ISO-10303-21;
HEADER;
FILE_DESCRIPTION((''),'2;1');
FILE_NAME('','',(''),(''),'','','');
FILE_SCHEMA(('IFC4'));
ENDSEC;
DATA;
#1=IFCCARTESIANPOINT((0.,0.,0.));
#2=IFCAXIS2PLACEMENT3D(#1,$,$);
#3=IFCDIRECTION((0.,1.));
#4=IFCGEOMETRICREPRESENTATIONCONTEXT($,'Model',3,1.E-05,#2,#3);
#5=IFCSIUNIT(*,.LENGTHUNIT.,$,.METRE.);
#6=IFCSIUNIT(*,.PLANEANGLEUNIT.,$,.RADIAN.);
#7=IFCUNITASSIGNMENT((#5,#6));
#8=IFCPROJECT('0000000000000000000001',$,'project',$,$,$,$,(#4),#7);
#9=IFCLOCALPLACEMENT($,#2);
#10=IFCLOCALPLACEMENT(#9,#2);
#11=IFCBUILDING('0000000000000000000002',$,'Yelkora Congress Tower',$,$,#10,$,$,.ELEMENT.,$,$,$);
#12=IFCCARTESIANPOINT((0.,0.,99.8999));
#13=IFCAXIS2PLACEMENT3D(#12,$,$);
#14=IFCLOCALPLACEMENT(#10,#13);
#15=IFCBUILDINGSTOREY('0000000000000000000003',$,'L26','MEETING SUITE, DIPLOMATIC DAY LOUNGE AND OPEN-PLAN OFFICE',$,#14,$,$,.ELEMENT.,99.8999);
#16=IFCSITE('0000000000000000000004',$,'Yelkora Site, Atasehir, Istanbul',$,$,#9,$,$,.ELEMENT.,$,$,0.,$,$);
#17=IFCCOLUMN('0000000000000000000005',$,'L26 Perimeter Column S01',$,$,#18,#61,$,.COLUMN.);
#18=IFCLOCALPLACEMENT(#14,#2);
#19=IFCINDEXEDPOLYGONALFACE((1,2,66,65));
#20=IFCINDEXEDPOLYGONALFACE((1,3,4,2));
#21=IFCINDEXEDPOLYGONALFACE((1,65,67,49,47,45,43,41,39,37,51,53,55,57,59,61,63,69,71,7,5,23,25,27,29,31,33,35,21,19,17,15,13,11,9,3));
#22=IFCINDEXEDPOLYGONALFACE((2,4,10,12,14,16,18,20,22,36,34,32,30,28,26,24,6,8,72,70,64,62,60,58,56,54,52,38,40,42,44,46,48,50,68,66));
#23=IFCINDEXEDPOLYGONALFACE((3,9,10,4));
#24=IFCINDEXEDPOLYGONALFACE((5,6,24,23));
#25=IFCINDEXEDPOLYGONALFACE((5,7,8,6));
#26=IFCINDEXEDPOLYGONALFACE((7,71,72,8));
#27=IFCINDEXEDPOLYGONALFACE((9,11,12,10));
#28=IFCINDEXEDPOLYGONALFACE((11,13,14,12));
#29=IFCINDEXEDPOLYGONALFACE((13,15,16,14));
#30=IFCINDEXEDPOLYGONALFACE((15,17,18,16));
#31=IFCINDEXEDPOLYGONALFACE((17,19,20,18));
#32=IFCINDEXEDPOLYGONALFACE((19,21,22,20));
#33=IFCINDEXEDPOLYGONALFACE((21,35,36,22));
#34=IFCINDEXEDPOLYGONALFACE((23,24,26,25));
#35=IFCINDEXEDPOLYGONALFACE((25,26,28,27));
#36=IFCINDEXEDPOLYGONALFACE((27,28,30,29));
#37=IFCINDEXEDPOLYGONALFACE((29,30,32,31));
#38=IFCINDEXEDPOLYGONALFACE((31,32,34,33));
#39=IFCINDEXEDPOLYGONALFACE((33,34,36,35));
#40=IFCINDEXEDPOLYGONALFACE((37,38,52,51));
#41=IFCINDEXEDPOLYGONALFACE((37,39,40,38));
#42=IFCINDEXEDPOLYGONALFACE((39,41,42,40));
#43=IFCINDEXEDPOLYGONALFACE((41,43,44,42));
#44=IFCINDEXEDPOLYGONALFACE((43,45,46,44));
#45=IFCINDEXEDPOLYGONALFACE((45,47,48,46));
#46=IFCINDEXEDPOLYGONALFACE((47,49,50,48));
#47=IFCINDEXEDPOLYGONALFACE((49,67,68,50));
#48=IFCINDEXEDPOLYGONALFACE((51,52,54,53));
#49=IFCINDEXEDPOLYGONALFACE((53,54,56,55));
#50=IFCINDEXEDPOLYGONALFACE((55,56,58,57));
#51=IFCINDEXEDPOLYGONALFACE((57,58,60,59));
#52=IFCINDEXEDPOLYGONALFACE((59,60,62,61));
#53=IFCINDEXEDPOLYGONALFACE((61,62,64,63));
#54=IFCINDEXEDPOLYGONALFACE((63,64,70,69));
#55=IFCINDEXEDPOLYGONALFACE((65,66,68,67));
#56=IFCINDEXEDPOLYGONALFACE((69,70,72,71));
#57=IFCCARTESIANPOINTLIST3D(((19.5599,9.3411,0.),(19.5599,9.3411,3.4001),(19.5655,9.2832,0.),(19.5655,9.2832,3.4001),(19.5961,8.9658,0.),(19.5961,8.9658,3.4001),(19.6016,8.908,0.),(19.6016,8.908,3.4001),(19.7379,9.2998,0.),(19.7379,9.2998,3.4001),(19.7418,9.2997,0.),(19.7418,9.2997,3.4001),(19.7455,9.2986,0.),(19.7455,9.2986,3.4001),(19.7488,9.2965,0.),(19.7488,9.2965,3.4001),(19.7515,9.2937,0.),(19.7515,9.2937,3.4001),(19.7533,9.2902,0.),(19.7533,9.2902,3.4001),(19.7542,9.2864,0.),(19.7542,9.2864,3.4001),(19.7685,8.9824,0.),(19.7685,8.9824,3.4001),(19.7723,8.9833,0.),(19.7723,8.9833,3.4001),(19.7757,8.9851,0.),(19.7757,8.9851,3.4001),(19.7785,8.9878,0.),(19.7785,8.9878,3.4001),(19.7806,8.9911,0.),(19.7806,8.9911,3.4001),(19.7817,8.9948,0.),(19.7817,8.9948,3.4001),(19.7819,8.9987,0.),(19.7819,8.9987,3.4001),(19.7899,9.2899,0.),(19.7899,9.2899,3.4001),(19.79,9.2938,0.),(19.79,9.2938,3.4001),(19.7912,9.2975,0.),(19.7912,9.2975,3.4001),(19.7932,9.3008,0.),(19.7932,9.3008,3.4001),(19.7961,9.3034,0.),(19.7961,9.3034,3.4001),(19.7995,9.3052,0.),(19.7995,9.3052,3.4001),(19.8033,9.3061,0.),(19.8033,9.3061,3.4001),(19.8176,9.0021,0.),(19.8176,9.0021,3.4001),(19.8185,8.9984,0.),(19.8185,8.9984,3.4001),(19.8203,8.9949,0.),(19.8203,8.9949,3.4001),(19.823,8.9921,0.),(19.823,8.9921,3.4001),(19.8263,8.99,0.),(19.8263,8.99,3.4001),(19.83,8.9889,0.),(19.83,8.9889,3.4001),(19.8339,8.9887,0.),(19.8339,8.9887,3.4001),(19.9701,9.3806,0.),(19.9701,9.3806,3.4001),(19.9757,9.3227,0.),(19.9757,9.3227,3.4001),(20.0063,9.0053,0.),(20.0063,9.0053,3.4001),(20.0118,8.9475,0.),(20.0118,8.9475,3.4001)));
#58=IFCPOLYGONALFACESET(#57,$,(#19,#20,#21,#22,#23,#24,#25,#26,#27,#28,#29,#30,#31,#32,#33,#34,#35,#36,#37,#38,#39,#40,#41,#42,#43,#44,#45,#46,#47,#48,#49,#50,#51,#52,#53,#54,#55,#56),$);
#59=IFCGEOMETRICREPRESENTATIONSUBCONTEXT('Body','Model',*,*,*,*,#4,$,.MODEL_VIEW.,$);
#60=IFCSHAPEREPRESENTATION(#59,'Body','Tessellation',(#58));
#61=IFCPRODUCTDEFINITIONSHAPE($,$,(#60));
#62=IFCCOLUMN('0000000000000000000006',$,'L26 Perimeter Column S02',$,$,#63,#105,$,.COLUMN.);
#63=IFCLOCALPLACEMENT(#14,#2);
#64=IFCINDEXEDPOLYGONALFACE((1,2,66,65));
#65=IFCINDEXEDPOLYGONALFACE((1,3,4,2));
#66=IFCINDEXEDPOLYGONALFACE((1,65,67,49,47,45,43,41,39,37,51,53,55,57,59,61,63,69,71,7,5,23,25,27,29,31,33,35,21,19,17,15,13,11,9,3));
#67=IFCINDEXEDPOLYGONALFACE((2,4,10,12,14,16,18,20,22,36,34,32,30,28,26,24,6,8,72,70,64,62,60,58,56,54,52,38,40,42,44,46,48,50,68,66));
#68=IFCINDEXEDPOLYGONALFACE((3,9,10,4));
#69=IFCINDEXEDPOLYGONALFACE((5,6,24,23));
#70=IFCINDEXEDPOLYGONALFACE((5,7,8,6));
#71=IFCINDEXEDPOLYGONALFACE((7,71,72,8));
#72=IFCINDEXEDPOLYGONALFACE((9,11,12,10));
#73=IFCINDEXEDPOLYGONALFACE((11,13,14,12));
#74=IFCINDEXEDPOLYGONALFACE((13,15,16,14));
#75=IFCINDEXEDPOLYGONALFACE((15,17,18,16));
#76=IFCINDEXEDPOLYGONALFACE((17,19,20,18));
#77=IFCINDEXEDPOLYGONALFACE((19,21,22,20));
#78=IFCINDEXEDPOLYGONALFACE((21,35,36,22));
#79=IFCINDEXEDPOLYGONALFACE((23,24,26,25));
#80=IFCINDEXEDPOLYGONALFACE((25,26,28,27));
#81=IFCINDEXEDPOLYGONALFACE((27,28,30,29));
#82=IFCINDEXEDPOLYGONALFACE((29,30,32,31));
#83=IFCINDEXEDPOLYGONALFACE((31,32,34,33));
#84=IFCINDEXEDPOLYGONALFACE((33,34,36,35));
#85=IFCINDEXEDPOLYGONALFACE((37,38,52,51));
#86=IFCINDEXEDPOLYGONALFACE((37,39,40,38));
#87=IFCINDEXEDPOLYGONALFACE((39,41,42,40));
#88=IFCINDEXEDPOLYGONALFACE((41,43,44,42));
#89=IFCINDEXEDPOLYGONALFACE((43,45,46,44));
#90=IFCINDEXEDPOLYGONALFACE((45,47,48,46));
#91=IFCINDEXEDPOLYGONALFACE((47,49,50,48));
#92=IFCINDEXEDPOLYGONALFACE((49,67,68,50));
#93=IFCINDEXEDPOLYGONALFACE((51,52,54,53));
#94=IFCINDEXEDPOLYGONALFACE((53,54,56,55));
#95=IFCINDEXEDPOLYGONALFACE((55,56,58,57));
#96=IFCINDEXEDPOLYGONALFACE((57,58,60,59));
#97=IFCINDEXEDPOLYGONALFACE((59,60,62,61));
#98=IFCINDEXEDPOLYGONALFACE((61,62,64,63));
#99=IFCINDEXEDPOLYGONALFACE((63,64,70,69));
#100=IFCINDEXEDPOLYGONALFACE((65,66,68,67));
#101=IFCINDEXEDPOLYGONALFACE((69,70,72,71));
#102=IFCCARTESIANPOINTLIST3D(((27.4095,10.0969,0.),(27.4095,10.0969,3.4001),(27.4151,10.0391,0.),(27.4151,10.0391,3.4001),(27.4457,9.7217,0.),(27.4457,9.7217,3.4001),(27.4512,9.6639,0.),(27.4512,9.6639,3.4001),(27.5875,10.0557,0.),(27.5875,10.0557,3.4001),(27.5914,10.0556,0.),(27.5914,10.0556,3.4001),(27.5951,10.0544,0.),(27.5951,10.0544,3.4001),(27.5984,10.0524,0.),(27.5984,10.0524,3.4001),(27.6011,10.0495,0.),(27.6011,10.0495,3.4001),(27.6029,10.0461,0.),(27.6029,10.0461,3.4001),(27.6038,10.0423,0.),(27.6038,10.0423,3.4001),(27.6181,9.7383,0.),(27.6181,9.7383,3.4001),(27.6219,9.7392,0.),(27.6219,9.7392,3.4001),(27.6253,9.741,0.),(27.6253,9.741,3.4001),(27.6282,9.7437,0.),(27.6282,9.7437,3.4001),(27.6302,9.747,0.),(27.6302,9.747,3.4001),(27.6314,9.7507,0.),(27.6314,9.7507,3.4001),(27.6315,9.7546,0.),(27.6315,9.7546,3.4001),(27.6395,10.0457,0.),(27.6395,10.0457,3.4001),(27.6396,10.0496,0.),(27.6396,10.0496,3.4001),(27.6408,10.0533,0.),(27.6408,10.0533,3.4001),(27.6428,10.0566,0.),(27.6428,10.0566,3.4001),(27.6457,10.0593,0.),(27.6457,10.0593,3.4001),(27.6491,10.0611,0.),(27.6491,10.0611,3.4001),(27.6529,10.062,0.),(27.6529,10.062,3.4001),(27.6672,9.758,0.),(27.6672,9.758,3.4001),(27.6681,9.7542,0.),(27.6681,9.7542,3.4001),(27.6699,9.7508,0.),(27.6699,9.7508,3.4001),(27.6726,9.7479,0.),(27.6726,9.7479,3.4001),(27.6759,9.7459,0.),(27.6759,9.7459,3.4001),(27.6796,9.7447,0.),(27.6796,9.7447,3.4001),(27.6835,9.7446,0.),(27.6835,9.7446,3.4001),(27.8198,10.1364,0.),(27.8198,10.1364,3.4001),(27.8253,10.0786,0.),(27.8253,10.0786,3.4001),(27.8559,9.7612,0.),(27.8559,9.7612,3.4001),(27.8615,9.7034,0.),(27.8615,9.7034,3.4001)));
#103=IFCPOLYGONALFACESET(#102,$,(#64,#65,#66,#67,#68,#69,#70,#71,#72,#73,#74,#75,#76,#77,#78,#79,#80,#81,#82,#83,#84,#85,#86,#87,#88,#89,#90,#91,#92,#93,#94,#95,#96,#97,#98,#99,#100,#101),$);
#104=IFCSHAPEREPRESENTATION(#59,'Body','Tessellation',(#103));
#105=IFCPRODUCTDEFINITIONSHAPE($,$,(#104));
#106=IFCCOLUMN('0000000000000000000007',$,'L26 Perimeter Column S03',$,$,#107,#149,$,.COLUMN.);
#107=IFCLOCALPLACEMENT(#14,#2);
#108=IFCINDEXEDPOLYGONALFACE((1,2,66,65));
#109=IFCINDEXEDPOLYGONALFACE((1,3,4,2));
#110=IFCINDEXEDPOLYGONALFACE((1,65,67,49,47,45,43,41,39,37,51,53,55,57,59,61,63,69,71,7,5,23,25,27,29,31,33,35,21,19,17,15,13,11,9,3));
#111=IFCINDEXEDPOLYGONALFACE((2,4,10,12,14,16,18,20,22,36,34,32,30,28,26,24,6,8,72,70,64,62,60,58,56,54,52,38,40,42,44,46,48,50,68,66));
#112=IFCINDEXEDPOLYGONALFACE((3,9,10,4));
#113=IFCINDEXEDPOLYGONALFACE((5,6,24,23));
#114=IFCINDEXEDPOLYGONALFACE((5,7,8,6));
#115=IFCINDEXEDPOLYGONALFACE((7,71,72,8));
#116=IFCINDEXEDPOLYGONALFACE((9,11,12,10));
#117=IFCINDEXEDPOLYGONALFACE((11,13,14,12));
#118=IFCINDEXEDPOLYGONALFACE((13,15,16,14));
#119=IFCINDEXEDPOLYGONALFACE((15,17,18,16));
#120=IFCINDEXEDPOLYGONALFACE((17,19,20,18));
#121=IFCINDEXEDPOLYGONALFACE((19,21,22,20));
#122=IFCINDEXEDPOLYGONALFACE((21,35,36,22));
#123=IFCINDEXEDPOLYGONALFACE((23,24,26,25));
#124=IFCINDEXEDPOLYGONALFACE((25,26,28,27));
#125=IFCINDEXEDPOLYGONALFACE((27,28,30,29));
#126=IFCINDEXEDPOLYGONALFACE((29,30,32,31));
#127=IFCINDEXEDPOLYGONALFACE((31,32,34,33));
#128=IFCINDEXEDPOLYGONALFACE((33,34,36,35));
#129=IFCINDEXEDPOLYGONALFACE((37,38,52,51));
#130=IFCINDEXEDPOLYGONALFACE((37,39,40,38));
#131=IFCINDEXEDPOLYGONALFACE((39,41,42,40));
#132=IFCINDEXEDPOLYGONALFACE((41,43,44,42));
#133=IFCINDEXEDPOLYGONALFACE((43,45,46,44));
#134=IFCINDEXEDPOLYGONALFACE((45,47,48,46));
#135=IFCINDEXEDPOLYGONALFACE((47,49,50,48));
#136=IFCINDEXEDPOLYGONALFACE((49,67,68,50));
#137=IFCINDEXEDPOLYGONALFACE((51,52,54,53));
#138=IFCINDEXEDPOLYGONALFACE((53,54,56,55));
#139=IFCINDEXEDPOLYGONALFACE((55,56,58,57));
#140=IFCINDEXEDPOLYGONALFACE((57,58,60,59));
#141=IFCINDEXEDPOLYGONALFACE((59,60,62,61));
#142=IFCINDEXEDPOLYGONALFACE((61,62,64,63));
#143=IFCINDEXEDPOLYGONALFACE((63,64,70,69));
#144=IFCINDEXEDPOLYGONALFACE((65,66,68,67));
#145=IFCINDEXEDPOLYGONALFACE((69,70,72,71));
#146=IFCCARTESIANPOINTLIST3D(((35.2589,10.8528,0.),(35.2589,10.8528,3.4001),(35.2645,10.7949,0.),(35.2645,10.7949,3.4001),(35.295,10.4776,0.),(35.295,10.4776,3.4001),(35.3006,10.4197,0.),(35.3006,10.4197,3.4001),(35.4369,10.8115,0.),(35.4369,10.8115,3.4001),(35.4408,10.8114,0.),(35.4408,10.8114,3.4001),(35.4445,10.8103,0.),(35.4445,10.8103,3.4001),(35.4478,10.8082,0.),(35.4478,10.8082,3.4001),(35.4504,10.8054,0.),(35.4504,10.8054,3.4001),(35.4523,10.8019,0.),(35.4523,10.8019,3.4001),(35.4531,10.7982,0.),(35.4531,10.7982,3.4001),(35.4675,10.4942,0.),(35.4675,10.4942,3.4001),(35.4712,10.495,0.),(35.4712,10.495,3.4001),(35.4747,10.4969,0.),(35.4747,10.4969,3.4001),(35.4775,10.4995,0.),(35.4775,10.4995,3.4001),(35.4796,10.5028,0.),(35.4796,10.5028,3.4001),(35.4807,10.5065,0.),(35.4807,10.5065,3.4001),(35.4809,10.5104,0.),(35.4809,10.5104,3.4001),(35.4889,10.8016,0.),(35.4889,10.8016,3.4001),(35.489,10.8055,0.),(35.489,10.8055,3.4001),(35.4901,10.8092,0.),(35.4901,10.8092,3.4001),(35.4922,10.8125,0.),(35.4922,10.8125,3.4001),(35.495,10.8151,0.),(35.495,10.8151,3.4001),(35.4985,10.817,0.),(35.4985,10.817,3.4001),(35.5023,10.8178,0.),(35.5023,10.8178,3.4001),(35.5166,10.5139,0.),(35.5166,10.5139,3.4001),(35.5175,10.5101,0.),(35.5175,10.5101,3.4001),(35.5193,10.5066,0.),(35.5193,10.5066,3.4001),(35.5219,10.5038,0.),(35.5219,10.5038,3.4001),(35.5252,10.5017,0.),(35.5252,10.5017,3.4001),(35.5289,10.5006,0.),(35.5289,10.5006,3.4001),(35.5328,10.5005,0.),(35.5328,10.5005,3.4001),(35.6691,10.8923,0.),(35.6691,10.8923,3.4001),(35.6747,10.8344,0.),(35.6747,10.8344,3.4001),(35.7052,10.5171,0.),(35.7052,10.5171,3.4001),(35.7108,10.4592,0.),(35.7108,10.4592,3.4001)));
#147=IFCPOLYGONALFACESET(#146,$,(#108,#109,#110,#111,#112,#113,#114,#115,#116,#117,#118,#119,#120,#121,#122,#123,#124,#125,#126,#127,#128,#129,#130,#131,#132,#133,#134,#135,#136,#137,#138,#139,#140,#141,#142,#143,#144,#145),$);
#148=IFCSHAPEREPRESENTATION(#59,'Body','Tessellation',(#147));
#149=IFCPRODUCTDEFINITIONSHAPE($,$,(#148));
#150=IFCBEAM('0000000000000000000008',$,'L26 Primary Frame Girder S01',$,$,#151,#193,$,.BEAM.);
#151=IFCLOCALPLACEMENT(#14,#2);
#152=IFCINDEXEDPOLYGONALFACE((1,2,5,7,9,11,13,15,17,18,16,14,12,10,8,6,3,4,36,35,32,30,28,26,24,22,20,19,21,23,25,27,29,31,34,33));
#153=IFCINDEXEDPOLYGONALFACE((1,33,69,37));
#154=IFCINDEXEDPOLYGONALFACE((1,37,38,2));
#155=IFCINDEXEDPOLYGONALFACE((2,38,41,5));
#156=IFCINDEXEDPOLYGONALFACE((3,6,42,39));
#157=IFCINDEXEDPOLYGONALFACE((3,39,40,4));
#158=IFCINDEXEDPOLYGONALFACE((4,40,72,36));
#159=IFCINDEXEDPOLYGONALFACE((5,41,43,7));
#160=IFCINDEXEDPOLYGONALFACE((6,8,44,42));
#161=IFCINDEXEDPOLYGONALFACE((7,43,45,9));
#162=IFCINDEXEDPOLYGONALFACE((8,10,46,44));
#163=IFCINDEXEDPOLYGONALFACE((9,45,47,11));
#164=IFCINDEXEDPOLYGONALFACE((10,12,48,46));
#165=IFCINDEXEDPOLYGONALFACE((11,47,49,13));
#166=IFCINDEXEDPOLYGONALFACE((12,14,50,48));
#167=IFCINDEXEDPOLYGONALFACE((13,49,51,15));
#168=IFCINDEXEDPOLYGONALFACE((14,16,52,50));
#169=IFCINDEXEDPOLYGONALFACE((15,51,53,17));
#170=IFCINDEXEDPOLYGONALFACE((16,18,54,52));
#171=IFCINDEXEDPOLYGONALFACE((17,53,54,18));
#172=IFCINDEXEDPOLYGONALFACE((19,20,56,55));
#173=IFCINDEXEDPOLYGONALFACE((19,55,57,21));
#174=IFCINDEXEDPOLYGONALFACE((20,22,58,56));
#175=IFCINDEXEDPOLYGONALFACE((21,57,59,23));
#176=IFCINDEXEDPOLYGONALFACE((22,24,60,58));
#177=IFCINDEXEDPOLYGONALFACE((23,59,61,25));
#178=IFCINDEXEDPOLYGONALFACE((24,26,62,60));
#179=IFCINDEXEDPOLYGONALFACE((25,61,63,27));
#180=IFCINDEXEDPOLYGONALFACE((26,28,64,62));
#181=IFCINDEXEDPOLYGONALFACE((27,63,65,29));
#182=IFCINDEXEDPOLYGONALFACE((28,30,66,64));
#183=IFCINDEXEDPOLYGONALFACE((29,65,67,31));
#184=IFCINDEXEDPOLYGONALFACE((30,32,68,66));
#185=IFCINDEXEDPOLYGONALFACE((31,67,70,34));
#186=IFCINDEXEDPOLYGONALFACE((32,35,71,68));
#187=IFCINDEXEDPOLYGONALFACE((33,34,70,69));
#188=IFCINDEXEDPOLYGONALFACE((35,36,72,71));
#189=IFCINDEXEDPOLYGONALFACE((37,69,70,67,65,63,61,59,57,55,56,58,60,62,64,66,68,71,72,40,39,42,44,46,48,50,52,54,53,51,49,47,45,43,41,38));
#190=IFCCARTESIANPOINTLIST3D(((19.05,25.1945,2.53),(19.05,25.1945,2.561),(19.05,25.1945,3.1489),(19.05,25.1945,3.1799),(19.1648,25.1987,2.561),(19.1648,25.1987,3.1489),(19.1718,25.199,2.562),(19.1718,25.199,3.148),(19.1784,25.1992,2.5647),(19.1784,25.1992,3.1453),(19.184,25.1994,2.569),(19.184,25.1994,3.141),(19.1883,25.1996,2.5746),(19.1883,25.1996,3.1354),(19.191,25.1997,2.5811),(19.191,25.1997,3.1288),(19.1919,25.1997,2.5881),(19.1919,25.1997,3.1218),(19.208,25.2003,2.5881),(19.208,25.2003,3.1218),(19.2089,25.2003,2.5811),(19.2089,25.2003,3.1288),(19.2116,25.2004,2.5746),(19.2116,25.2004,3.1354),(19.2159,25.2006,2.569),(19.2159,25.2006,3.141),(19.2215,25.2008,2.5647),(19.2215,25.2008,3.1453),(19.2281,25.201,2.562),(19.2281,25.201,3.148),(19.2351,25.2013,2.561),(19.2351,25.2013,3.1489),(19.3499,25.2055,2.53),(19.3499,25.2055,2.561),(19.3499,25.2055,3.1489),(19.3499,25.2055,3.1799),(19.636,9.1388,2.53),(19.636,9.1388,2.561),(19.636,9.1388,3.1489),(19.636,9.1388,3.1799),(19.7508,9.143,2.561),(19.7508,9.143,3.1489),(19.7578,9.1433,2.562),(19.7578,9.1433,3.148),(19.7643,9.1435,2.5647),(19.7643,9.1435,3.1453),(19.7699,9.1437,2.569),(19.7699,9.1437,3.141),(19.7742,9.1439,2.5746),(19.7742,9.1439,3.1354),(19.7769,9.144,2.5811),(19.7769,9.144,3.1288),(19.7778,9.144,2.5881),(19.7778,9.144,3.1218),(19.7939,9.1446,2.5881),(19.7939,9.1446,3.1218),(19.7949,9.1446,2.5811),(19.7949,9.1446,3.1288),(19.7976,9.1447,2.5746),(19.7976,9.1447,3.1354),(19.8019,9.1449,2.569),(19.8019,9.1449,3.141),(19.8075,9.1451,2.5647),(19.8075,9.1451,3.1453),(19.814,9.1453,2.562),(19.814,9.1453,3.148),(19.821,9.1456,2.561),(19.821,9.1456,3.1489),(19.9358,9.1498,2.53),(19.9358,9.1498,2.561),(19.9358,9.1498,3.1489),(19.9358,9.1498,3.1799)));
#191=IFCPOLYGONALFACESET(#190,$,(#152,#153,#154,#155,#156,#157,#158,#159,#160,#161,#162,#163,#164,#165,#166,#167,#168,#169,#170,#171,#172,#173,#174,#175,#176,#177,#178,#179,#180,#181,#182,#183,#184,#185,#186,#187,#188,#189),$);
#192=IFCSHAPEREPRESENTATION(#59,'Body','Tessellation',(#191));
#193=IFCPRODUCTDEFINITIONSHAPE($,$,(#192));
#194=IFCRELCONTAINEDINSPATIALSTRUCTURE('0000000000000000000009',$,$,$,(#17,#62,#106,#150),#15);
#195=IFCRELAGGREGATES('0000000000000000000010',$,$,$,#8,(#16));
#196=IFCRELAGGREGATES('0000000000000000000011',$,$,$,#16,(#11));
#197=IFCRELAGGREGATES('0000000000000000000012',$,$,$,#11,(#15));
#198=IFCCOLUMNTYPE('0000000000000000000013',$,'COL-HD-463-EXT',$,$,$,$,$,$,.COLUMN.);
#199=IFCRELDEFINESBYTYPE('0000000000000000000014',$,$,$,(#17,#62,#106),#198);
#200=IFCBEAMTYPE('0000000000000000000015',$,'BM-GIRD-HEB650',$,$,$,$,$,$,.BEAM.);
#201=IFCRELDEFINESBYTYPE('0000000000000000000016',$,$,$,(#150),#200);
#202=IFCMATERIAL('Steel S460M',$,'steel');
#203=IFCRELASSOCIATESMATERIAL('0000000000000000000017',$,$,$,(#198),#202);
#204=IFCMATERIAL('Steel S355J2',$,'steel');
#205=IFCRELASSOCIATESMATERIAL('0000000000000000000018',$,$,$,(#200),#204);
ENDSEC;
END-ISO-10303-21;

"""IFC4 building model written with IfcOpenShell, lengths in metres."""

from ifc_helpers import new_model, si_unit, direction, frame, origin, origin_2d, place, context, subcontext, project, spatial, i_section, extrude, material, material_profile, profile_set, type_object, element, save


model = new_model("IFC4")

# Units and contexts
model_context = context("Model", 3, precision=1e-05, world=origin(), true_north=direction((0.0, 1.0)))
body_context = subcontext(model_context, "Body", "Model", "MODEL_VIEW")
ifc_project = project(units=[si_unit("LENGTHUNIT", "METRE"), si_unit("PLANEANGLEUNIT", "RADIAN")], contexts=[model_context])

# Site, building, storey
site_placement = place(None, origin())
site = spatial("IfcSite", under=ifc_project, at=site_placement, Name="Yelkora Site, Atasehir, Istanbul", CompositionType="ELEMENT", RefElevation=0.0)
building_placement = place(site_placement, origin())
building = spatial("IfcBuilding", under=site, at=building_placement, Name="Yelkora Congress Tower", CompositionType="ELEMENT")
storey_placement = place(building_placement, frame((0.0, 0.0, 99.8999)))
storey = spatial("IfcBuildingStorey", under=building, at=storey_placement, Name="L26", Description="MEETING SUITE, DIPLOMATIC DAY LOUNGE AND OPEN-PLAN OFFICE", CompositionType="ELEMENT", Elevation=99.8999)

# Columns
ifc_material_1 = material(Name="Steel S460M", Category="steel")
ifc_material_profile_1 = material_profile(ifc_material_1, i_section(OverallWidth=0.4121, OverallDepth=0.4351, WebThickness=0.0359, FlangeThickness=0.0581, FilletRadius=0.0149, at=origin_2d()), Name="HD 400x463")
ifc_profile_set_1 = profile_set([ifc_material_profile_1], Name="Steel S460M")
column_type = type_object("IfcColumnType", Name="COL-HD-463-EXT", PredefinedType="COLUMN", material=ifc_profile_set_1)
for number, where, z_axis, x_axis, name in (
    (1, (19.7859, 9.1443, 0.0), (0.0, 0.0, 1.0), (0.995396, 0.095846, 0.0), "L26 Perimeter Column S01"),
    (2, (27.6355, 9.9001, 0.0), (0.0, 0.0, 1.0), (0.995396, 0.095846, 0.0), "L26 Perimeter Column S02"),
    (3, (35.4849, 10.656, 0.0), (0.0, 0.0, 1.0), (0.995396, 0.095846, 0.0), "L26 Perimeter Column S03"),
):
    element("IfcColumn", number, at=place(storey_placement, frame(where, z_axis=z_axis, x_axis=x_axis)), inside=storey, type_object=column_type, Name=name, PredefinedType="COLUMN", context=body_context, shape_type="SweptSolid", body=[
        extrude(i_section(OverallWidth=0.4121, OverallDepth=0.4351, WebThickness=0.0359, FlangeThickness=0.0581, FilletRadius=0.0149, at=origin_2d()), origin(), (0.0, 0.0, 1.0), 3.4001),
    ])

# Beam
ifc_material_2 = material(Name="Steel S355J2", Category="steel")
ifc_material_profile_2 = material_profile(ifc_material_2, i_section(OverallWidth=0.3, OverallDepth=0.6499, WebThickness=0.0161, FlangeThickness=0.031, FilletRadius=0.0271, at=origin_2d()), Name="HEB 650")
ifc_profile_set_2 = profile_set([ifc_material_profile_2], Name="Steel S355J2")
beam_type_1 = type_object("IfcBeamType", Name="BM-GIRD-HEB650", PredefinedType="BEAM", material=ifc_profile_set_2)
beam_1_placement = place(storey_placement, frame((19.7859, 9.1443, 2.855), z_axis=(-0.03647, 0.999335, 0.0), x_axis=(-0.999335, -0.03647, 0.0)))
element("IfcBeam", 4, at=beam_1_placement, inside=storey, type_object=beam_type_1, Name="L26 Primary Frame Girder S01", PredefinedType="BEAM", context=body_context, shape_type="SweptSolid", body=[
    extrude(i_section(OverallWidth=0.3, OverallDepth=0.6499, WebThickness=0.0161, FlangeThickness=0.031, FilletRadius=0.0271, at=origin_2d()), origin(), (0.0, 0.0, 1.0), 16.0664),
])

save(model, "model.ifc")
